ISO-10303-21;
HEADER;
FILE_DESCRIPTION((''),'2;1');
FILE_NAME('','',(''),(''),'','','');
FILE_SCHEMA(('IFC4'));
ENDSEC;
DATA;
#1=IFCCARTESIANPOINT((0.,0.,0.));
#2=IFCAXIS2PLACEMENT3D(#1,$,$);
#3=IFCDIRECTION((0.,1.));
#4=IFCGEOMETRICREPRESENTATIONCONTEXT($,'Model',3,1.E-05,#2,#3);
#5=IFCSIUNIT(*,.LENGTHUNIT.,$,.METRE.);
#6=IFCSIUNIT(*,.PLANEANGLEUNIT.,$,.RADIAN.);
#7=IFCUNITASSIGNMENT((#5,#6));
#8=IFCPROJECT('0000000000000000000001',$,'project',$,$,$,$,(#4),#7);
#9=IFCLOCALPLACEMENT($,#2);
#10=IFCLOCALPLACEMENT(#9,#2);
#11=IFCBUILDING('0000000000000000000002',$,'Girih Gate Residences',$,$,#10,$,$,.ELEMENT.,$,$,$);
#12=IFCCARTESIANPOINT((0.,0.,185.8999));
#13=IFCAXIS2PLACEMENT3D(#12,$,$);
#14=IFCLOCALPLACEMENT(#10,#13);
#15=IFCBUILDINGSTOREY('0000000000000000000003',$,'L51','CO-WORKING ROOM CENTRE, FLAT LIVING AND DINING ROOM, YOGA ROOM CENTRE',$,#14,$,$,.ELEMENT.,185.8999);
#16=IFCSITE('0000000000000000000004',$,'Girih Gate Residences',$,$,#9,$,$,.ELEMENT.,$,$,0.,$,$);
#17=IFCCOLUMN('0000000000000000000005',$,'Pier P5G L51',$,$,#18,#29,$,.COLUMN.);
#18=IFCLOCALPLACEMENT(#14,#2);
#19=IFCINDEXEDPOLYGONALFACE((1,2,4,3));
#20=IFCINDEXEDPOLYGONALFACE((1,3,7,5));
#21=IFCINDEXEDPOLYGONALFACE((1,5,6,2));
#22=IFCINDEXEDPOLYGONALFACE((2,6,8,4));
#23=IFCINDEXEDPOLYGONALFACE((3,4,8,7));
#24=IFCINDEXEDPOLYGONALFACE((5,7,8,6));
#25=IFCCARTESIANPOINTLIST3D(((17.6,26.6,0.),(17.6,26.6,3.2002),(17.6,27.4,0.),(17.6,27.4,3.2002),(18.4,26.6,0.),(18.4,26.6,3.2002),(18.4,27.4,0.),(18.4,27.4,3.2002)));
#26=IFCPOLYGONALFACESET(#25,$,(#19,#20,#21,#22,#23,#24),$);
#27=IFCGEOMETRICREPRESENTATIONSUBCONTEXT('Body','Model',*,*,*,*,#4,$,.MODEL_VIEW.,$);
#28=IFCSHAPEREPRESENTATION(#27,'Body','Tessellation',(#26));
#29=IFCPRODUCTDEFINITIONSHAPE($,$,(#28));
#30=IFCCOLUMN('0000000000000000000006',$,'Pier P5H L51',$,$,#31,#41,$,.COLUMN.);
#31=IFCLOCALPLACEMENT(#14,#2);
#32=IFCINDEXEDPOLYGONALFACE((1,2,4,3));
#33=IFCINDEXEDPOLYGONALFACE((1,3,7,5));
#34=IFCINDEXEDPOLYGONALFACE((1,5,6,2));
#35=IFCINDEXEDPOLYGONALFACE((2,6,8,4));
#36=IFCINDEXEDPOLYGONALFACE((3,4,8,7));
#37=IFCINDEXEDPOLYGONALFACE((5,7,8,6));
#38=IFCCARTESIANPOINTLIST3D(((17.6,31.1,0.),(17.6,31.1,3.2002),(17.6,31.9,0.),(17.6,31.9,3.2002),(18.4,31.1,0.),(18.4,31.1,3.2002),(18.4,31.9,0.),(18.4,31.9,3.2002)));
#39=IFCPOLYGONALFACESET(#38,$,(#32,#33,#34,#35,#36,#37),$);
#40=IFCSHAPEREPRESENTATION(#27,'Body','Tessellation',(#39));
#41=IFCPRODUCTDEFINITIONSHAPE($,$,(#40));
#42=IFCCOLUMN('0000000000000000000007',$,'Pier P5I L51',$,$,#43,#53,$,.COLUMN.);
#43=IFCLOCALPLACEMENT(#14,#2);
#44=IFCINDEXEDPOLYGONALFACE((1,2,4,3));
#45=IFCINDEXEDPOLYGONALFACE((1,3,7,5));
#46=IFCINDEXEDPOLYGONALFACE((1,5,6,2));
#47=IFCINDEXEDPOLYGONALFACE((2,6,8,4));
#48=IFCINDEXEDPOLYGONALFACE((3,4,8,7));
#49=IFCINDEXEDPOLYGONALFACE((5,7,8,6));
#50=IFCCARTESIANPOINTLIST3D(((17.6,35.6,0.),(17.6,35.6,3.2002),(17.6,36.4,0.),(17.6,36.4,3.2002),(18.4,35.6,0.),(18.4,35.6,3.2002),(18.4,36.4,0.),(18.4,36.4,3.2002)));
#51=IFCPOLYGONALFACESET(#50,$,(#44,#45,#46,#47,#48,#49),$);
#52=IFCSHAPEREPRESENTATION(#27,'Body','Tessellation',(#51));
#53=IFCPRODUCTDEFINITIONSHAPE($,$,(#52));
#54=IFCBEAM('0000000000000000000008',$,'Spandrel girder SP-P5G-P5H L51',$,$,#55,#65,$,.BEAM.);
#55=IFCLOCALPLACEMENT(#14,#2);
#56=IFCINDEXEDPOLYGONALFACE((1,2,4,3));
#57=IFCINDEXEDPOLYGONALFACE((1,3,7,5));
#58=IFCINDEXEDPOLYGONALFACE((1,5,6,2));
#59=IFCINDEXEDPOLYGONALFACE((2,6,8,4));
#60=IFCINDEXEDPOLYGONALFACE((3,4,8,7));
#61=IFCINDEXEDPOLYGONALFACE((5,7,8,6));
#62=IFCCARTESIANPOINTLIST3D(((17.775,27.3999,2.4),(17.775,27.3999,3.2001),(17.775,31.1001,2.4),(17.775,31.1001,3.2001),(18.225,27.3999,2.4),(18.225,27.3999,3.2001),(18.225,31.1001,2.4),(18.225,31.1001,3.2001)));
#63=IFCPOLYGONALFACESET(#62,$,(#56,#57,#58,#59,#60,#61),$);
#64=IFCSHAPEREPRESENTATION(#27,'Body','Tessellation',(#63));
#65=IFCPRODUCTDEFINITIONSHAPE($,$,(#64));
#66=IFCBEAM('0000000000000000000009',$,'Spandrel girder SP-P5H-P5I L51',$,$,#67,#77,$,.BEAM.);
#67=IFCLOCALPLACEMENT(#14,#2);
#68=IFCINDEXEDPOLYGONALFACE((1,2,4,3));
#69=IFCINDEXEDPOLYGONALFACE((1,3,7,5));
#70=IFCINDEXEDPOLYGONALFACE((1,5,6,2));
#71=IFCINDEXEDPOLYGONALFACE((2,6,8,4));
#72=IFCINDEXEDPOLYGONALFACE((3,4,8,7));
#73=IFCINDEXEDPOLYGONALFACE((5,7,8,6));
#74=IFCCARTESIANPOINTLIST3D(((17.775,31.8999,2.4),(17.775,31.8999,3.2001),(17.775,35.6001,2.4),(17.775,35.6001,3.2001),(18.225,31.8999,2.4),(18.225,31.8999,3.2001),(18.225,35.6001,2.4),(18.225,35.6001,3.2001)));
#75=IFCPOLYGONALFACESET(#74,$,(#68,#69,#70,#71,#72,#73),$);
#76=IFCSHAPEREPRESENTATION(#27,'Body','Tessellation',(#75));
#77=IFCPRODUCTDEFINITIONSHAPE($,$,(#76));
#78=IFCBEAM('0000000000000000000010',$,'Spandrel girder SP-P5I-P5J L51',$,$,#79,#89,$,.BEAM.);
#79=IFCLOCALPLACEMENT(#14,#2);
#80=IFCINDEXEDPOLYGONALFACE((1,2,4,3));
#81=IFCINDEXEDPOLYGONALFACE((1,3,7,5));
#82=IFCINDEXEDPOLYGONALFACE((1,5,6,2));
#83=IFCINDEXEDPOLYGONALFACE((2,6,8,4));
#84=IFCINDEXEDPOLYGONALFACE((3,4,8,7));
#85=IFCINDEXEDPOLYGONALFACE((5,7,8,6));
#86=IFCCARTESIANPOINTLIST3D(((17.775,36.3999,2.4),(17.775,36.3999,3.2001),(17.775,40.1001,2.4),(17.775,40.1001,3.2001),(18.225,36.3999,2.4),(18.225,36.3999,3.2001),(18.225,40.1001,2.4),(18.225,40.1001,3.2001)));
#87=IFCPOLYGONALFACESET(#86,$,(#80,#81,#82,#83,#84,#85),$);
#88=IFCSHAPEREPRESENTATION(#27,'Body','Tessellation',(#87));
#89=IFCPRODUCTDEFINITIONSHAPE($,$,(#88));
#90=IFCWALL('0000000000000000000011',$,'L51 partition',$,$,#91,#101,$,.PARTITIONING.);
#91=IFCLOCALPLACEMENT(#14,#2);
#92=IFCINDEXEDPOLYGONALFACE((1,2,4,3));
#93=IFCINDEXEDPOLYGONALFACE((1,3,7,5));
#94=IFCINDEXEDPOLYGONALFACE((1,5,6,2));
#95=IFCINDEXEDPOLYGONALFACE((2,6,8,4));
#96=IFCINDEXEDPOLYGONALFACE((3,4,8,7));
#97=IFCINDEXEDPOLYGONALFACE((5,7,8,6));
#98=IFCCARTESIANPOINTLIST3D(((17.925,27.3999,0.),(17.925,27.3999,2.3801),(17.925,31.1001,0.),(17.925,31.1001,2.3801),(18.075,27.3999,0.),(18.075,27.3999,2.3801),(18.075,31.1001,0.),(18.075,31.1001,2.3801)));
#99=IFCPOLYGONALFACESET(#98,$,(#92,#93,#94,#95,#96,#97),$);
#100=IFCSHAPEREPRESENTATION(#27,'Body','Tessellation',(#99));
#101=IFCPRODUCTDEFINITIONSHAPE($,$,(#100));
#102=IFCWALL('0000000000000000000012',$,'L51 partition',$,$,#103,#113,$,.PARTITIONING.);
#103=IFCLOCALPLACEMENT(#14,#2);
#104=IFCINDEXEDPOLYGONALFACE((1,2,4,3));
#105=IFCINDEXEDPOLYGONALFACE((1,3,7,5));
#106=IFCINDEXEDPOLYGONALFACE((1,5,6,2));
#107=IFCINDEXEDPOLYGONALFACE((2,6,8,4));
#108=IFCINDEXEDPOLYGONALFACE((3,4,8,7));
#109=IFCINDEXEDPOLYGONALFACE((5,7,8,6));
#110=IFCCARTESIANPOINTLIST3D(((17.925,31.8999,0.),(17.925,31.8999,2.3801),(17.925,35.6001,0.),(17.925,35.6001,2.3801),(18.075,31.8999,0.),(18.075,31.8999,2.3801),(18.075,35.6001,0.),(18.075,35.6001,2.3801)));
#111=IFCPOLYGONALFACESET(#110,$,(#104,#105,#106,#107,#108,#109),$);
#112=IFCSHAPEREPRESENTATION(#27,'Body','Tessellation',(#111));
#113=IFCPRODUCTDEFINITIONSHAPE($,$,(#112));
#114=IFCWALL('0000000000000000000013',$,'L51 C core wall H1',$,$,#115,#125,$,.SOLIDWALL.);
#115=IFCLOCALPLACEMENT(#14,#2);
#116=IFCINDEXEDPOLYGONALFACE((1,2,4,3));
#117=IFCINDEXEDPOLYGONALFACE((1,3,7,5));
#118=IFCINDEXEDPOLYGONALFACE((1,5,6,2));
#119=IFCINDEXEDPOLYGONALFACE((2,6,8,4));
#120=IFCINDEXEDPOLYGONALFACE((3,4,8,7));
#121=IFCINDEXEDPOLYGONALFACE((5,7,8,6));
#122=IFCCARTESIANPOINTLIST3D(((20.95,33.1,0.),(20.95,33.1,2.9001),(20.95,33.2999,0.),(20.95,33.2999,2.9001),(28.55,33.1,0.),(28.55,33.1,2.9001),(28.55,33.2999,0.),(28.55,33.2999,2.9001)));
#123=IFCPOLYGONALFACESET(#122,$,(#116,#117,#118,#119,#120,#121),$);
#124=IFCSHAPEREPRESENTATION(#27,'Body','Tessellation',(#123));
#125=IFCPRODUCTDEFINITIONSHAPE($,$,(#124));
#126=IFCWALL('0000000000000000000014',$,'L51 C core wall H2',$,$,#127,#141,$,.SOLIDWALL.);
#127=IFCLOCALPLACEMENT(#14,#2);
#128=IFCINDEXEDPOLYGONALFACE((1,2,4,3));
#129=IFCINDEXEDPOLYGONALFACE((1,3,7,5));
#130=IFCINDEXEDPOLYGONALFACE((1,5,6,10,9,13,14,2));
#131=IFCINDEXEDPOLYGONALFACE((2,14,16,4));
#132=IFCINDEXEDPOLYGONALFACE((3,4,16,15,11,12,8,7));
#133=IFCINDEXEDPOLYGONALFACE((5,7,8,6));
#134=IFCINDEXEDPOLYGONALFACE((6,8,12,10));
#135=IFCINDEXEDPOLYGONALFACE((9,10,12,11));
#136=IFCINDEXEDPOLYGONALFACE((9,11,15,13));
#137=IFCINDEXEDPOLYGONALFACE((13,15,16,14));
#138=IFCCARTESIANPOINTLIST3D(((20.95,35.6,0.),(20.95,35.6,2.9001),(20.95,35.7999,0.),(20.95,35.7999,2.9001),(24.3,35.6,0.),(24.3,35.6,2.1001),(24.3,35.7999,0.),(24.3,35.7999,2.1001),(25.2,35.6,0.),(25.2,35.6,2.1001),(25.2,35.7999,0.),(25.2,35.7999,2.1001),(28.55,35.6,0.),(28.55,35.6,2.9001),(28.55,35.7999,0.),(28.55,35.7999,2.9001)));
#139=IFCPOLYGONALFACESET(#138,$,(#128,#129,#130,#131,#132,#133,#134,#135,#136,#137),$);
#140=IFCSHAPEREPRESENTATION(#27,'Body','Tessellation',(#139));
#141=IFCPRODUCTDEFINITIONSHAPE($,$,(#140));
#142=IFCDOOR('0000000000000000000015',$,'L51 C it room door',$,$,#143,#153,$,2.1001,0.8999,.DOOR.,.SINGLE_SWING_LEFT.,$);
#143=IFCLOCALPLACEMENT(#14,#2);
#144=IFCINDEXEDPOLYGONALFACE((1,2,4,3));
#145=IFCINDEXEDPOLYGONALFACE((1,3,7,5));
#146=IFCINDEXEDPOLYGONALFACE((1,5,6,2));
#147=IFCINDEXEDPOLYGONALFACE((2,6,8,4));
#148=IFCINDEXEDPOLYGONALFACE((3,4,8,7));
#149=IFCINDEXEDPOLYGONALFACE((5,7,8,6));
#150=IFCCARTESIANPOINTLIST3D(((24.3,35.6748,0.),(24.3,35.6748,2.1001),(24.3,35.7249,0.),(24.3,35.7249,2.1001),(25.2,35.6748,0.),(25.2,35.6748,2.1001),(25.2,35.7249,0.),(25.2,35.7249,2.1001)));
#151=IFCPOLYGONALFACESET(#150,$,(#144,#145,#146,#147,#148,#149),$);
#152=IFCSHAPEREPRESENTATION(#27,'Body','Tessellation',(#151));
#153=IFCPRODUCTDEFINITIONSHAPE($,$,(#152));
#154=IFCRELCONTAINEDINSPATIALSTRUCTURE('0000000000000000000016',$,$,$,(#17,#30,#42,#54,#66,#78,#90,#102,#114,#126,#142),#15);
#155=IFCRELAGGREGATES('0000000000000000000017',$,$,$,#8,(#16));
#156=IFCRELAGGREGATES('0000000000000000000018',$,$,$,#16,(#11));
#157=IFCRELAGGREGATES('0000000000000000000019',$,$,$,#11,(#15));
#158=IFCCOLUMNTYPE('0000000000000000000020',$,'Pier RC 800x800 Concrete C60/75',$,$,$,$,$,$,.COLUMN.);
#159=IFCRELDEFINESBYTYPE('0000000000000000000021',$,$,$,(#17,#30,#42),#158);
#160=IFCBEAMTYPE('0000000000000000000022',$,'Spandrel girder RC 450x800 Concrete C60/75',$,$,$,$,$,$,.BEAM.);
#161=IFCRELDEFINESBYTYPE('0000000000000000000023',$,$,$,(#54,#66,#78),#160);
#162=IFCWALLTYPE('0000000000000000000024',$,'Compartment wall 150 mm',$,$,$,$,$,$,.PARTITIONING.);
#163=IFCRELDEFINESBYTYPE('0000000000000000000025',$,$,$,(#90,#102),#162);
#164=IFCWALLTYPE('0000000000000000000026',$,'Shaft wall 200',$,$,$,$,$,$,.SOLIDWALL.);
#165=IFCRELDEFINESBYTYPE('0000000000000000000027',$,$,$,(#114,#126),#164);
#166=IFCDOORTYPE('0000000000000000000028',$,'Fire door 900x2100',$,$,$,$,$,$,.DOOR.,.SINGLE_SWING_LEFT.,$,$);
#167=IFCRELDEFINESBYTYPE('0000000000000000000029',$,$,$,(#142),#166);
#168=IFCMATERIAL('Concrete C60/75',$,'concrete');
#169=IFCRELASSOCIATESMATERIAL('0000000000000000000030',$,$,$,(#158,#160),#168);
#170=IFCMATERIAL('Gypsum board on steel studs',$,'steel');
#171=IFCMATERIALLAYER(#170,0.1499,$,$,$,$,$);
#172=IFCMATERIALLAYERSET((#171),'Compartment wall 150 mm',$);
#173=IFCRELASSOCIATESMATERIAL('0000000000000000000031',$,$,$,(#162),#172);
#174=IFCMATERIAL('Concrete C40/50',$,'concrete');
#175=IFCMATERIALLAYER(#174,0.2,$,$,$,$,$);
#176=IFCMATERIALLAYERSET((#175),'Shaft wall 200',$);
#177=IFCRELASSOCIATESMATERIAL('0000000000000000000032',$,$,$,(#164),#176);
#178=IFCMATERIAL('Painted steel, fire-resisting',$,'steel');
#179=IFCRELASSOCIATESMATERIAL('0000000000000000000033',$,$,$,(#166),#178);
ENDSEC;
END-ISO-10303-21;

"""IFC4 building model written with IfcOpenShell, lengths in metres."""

from ifc_helpers import new_model, si_unit, direction, frame, frame_2d, origin, origin_2d, place, context, subcontext, project, spatial, rectangle, extrude, material, layer, layer_set, material_profile, profile_set, type_object, element, fill, save


model = new_model("IFC4")

# Units and contexts
model_context = context("Model", 3, precision=1e-05, world=origin(), true_north=direction((0.0, 1.0)))
body_context = subcontext(model_context, "Body", "Model", "MODEL_VIEW")
ifc_project = project(units=[si_unit("LENGTHUNIT", "METRE"), si_unit("PLANEANGLEUNIT", "RADIAN")], contexts=[model_context])

# Site, building, storey
site_placement = place(None, origin())
site = spatial("IfcSite", under=ifc_project, at=site_placement, Name="Girih Gate Residences", CompositionType="ELEMENT", RefElevation=0.0)
building_placement = place(site_placement, origin())
building = spatial("IfcBuilding", under=site, at=building_placement, Name="Girih Gate Residences", CompositionType="ELEMENT")
storey_placement = place(building_placement, frame((0.0, 0.0, 185.8999)))
storey = spatial("IfcBuildingStorey", under=building, at=storey_placement, Name="L51", Description="CO-WORKING ROOM CENTRE, FLAT LIVING AND DINING ROOM, YOGA ROOM CENTRE", CompositionType="ELEMENT", Elevation=185.8999)

# Columns
ifc_material_1 = material(Name="Concrete C60/75", Category="concrete")
ifc_material_profile_1 = material_profile(ifc_material_1, rectangle(XDim=0.8, YDim=0.8, at=origin_2d()))
ifc_profile_set_1 = profile_set([ifc_material_profile_1], Name="Concrete C60/75")
column_type = type_object("IfcColumnType", Name="Pier RC 800x800 Concrete C60/75", PredefinedType="COLUMN", material=ifc_profile_set_1)
for number, where, z_axis, x_axis, name in (
    (1, (18.0, 27.0, 0.0), (0.0, 0.0, 1.0), (1.0, 0.0, 0.0), "Pier P5G L51"),
    (2, (18.0, 31.5, 0.0), (0.0, 0.0, 1.0), (1.0, 0.0, 0.0), "Pier P5H L51"),
    (3, (18.0, 36.0, 0.0), (0.0, 0.0, 1.0), (1.0, 0.0, 0.0), "Pier P5I L51"),
):
    element("IfcColumn", number, at=place(storey_placement, frame(where, z_axis=z_axis, x_axis=x_axis)), inside=storey, type_object=column_type, Name=name, PredefinedType="COLUMN", context=body_context, shape_type="SweptSolid", body=[
        extrude(rectangle(XDim=0.8, YDim=0.8, at=origin_2d()), origin(), (0.0, 0.0, 1.0), 3.2002),
    ])

# Beams
ifc_material_profile_2 = material_profile(ifc_material_1, rectangle(XDim=0.45, YDim=0.8, at=origin_2d()))
ifc_profile_set_2 = profile_set([ifc_material_profile_2], Name="Concrete C60/75")
beam_type = type_object("IfcBeamType", Name="Spandrel girder RC 450x800 Concrete C60/75", PredefinedType="BEAM", material=ifc_profile_set_2)
for number, where, z_axis, x_axis, name in (
    (4, (18.0, 27.3999, 2.8), (0.0, 1.0, 0.0), (-1.0, 0.0, 0.0), "Spandrel girder SP-P5G-P5H L51"),
    (5, (18.0, 31.8999, 2.8), (0.0, 1.0, 0.0), (-1.0, 0.0, 0.0), "Spandrel girder SP-P5H-P5I L51"),
    (6, (18.0, 36.3999, 2.8), (0.0, 1.0, 0.0), (-1.0, 0.0, 0.0), "Spandrel girder SP-P5I-P5J L51"),
):
    element("IfcBeam", number, at=place(storey_placement, frame(where, z_axis=z_axis, x_axis=x_axis)), inside=storey, type_object=beam_type, Name=name, PredefinedType="BEAM", context=body_context, shape_type="SweptSolid", body=[
        extrude(rectangle(XDim=0.45, YDim=0.8, at=origin_2d()), origin(), (0.0, 0.0, 1.0), 3.7002),
    ])

# Walls
ifc_material_2 = material(Name="Gypsum board on steel studs", Category="steel")
ifc_layer_1 = layer(ifc_material_2, 0.1499)
ifc_layer_set_1 = layer_set([ifc_layer_1], Name="Compartment wall 150 mm")
wall_type_1 = type_object("IfcWallType", Name="Compartment wall 150 mm", PredefinedType="PARTITIONING", material=ifc_layer_set_1)
for number, where, z_axis, x_axis, name in (
    (7, (18.0, 27.3999, 0.0), (0.0, 0.0, 1.0), (0.0, 1.0, 0.0), "L51 partition"),
    (8, (18.0, 31.8999, 0.0), (0.0, 0.0, 1.0), (0.0, 1.0, 0.0), "L51 partition"),
):
    element("IfcWall", number, at=place(storey_placement, frame(where, z_axis=z_axis, x_axis=x_axis)), inside=storey, type_object=wall_type_1, Name=name, PredefinedType="PARTITIONING", context=body_context, shape_type="SweptSolid", body=[
        extrude(rectangle(XDim=3.7002, YDim=0.1499, at=frame_2d((1.8501, 0.0))), origin(), (0.0, 0.0, 1.0), 2.3801),
    ])
ifc_material_3 = material(Name="Concrete C40/50", Category="concrete")
ifc_layer_2 = layer(ifc_material_3, 0.2)
ifc_layer_set_2 = layer_set([ifc_layer_2], Name="Shaft wall 200")
wall_type_2 = type_object("IfcWallType", Name="Shaft wall 200", PredefinedType="SOLIDWALL", material=ifc_layer_set_2)
wall_1_placement = place(storey_placement, frame((20.95, 33.2, 0.0), z_axis=(0.0, 0.0, 1.0), x_axis=(1.0, 0.0, 0.0)))
element("IfcWall", 9, at=wall_1_placement, inside=storey, type_object=wall_type_2, Name="L51 C core wall H1", PredefinedType="SOLIDWALL", context=body_context, shape_type="SweptSolid", body=[
    extrude(rectangle(XDim=7.6001, YDim=0.2, at=frame_2d((3.8, 0.0))), origin(), (0.0, 0.0, 1.0), 2.9001),
])

# Wall, opening, door
wall_2_placement = place(storey_placement, frame((20.95, 35.7, 0.0), z_axis=(0.0, 0.0, 1.0), x_axis=(1.0, 0.0, 0.0)))
wall_2 = element("IfcWall", 10, at=wall_2_placement, inside=storey, type_object=wall_type_2, Name="L51 C core wall H2", PredefinedType="SOLIDWALL", context=body_context, shape_type="SweptSolid", body=[
    extrude(rectangle(XDim=7.6001, YDim=0.2, at=frame_2d((3.8, 0.0))), origin(), (0.0, 0.0, 1.0), 2.9001),
])
opening_1_placement = place(wall_2_placement, frame((3.3501, 0.0, 0.0)))
opening_1 = element("IfcOpeningElement", 11, at=opening_1_placement, cuts=wall_2, PredefinedType="OPENING", context=body_context, shape_type="SweptSolid", body=[
    extrude(rectangle(XDim=0.8999, YDim=2.1001, at=frame_2d((0.45, 1.05))), frame((0.0, 0.1099, 0.0), z_axis=(0.0, -1.0, 0.0), x_axis=(1.0, 0.0, 0.0)), (0.0, 0.0, 1.0), 0.22),
])
ifc_material_4 = material(Name="Painted steel, fire-resisting", Category="steel")
door_type_1 = type_object("IfcDoorType", Name="Fire door 900x2100", OperationType="SINGLE_SWING_LEFT", PredefinedType="DOOR", material=ifc_material_4)
door_1_placement = place(opening_1_placement, origin())
door_1 = element("IfcDoor", 12, at=door_1_placement, inside=storey, type_object=door_type_1, Name="L51 C it room door", OperationType="SINGLE_SWING_LEFT", OverallHeight=2.1001, OverallWidth=0.8999, PredefinedType="DOOR", context=body_context, shape_type="SweptSolid", body=[
    extrude(rectangle(XDim=0.8999, YDim=2.1001, at=frame_2d((0.45, 1.05))), frame((0.0, 0.0249, 0.0), z_axis=(0.0, -1.0, 0.0), x_axis=(1.0, 0.0, 0.0)), (0.0, 0.0, 1.0), 0.05),
])
fill(opening_1, door_1)

save(model, "model.ifc")
